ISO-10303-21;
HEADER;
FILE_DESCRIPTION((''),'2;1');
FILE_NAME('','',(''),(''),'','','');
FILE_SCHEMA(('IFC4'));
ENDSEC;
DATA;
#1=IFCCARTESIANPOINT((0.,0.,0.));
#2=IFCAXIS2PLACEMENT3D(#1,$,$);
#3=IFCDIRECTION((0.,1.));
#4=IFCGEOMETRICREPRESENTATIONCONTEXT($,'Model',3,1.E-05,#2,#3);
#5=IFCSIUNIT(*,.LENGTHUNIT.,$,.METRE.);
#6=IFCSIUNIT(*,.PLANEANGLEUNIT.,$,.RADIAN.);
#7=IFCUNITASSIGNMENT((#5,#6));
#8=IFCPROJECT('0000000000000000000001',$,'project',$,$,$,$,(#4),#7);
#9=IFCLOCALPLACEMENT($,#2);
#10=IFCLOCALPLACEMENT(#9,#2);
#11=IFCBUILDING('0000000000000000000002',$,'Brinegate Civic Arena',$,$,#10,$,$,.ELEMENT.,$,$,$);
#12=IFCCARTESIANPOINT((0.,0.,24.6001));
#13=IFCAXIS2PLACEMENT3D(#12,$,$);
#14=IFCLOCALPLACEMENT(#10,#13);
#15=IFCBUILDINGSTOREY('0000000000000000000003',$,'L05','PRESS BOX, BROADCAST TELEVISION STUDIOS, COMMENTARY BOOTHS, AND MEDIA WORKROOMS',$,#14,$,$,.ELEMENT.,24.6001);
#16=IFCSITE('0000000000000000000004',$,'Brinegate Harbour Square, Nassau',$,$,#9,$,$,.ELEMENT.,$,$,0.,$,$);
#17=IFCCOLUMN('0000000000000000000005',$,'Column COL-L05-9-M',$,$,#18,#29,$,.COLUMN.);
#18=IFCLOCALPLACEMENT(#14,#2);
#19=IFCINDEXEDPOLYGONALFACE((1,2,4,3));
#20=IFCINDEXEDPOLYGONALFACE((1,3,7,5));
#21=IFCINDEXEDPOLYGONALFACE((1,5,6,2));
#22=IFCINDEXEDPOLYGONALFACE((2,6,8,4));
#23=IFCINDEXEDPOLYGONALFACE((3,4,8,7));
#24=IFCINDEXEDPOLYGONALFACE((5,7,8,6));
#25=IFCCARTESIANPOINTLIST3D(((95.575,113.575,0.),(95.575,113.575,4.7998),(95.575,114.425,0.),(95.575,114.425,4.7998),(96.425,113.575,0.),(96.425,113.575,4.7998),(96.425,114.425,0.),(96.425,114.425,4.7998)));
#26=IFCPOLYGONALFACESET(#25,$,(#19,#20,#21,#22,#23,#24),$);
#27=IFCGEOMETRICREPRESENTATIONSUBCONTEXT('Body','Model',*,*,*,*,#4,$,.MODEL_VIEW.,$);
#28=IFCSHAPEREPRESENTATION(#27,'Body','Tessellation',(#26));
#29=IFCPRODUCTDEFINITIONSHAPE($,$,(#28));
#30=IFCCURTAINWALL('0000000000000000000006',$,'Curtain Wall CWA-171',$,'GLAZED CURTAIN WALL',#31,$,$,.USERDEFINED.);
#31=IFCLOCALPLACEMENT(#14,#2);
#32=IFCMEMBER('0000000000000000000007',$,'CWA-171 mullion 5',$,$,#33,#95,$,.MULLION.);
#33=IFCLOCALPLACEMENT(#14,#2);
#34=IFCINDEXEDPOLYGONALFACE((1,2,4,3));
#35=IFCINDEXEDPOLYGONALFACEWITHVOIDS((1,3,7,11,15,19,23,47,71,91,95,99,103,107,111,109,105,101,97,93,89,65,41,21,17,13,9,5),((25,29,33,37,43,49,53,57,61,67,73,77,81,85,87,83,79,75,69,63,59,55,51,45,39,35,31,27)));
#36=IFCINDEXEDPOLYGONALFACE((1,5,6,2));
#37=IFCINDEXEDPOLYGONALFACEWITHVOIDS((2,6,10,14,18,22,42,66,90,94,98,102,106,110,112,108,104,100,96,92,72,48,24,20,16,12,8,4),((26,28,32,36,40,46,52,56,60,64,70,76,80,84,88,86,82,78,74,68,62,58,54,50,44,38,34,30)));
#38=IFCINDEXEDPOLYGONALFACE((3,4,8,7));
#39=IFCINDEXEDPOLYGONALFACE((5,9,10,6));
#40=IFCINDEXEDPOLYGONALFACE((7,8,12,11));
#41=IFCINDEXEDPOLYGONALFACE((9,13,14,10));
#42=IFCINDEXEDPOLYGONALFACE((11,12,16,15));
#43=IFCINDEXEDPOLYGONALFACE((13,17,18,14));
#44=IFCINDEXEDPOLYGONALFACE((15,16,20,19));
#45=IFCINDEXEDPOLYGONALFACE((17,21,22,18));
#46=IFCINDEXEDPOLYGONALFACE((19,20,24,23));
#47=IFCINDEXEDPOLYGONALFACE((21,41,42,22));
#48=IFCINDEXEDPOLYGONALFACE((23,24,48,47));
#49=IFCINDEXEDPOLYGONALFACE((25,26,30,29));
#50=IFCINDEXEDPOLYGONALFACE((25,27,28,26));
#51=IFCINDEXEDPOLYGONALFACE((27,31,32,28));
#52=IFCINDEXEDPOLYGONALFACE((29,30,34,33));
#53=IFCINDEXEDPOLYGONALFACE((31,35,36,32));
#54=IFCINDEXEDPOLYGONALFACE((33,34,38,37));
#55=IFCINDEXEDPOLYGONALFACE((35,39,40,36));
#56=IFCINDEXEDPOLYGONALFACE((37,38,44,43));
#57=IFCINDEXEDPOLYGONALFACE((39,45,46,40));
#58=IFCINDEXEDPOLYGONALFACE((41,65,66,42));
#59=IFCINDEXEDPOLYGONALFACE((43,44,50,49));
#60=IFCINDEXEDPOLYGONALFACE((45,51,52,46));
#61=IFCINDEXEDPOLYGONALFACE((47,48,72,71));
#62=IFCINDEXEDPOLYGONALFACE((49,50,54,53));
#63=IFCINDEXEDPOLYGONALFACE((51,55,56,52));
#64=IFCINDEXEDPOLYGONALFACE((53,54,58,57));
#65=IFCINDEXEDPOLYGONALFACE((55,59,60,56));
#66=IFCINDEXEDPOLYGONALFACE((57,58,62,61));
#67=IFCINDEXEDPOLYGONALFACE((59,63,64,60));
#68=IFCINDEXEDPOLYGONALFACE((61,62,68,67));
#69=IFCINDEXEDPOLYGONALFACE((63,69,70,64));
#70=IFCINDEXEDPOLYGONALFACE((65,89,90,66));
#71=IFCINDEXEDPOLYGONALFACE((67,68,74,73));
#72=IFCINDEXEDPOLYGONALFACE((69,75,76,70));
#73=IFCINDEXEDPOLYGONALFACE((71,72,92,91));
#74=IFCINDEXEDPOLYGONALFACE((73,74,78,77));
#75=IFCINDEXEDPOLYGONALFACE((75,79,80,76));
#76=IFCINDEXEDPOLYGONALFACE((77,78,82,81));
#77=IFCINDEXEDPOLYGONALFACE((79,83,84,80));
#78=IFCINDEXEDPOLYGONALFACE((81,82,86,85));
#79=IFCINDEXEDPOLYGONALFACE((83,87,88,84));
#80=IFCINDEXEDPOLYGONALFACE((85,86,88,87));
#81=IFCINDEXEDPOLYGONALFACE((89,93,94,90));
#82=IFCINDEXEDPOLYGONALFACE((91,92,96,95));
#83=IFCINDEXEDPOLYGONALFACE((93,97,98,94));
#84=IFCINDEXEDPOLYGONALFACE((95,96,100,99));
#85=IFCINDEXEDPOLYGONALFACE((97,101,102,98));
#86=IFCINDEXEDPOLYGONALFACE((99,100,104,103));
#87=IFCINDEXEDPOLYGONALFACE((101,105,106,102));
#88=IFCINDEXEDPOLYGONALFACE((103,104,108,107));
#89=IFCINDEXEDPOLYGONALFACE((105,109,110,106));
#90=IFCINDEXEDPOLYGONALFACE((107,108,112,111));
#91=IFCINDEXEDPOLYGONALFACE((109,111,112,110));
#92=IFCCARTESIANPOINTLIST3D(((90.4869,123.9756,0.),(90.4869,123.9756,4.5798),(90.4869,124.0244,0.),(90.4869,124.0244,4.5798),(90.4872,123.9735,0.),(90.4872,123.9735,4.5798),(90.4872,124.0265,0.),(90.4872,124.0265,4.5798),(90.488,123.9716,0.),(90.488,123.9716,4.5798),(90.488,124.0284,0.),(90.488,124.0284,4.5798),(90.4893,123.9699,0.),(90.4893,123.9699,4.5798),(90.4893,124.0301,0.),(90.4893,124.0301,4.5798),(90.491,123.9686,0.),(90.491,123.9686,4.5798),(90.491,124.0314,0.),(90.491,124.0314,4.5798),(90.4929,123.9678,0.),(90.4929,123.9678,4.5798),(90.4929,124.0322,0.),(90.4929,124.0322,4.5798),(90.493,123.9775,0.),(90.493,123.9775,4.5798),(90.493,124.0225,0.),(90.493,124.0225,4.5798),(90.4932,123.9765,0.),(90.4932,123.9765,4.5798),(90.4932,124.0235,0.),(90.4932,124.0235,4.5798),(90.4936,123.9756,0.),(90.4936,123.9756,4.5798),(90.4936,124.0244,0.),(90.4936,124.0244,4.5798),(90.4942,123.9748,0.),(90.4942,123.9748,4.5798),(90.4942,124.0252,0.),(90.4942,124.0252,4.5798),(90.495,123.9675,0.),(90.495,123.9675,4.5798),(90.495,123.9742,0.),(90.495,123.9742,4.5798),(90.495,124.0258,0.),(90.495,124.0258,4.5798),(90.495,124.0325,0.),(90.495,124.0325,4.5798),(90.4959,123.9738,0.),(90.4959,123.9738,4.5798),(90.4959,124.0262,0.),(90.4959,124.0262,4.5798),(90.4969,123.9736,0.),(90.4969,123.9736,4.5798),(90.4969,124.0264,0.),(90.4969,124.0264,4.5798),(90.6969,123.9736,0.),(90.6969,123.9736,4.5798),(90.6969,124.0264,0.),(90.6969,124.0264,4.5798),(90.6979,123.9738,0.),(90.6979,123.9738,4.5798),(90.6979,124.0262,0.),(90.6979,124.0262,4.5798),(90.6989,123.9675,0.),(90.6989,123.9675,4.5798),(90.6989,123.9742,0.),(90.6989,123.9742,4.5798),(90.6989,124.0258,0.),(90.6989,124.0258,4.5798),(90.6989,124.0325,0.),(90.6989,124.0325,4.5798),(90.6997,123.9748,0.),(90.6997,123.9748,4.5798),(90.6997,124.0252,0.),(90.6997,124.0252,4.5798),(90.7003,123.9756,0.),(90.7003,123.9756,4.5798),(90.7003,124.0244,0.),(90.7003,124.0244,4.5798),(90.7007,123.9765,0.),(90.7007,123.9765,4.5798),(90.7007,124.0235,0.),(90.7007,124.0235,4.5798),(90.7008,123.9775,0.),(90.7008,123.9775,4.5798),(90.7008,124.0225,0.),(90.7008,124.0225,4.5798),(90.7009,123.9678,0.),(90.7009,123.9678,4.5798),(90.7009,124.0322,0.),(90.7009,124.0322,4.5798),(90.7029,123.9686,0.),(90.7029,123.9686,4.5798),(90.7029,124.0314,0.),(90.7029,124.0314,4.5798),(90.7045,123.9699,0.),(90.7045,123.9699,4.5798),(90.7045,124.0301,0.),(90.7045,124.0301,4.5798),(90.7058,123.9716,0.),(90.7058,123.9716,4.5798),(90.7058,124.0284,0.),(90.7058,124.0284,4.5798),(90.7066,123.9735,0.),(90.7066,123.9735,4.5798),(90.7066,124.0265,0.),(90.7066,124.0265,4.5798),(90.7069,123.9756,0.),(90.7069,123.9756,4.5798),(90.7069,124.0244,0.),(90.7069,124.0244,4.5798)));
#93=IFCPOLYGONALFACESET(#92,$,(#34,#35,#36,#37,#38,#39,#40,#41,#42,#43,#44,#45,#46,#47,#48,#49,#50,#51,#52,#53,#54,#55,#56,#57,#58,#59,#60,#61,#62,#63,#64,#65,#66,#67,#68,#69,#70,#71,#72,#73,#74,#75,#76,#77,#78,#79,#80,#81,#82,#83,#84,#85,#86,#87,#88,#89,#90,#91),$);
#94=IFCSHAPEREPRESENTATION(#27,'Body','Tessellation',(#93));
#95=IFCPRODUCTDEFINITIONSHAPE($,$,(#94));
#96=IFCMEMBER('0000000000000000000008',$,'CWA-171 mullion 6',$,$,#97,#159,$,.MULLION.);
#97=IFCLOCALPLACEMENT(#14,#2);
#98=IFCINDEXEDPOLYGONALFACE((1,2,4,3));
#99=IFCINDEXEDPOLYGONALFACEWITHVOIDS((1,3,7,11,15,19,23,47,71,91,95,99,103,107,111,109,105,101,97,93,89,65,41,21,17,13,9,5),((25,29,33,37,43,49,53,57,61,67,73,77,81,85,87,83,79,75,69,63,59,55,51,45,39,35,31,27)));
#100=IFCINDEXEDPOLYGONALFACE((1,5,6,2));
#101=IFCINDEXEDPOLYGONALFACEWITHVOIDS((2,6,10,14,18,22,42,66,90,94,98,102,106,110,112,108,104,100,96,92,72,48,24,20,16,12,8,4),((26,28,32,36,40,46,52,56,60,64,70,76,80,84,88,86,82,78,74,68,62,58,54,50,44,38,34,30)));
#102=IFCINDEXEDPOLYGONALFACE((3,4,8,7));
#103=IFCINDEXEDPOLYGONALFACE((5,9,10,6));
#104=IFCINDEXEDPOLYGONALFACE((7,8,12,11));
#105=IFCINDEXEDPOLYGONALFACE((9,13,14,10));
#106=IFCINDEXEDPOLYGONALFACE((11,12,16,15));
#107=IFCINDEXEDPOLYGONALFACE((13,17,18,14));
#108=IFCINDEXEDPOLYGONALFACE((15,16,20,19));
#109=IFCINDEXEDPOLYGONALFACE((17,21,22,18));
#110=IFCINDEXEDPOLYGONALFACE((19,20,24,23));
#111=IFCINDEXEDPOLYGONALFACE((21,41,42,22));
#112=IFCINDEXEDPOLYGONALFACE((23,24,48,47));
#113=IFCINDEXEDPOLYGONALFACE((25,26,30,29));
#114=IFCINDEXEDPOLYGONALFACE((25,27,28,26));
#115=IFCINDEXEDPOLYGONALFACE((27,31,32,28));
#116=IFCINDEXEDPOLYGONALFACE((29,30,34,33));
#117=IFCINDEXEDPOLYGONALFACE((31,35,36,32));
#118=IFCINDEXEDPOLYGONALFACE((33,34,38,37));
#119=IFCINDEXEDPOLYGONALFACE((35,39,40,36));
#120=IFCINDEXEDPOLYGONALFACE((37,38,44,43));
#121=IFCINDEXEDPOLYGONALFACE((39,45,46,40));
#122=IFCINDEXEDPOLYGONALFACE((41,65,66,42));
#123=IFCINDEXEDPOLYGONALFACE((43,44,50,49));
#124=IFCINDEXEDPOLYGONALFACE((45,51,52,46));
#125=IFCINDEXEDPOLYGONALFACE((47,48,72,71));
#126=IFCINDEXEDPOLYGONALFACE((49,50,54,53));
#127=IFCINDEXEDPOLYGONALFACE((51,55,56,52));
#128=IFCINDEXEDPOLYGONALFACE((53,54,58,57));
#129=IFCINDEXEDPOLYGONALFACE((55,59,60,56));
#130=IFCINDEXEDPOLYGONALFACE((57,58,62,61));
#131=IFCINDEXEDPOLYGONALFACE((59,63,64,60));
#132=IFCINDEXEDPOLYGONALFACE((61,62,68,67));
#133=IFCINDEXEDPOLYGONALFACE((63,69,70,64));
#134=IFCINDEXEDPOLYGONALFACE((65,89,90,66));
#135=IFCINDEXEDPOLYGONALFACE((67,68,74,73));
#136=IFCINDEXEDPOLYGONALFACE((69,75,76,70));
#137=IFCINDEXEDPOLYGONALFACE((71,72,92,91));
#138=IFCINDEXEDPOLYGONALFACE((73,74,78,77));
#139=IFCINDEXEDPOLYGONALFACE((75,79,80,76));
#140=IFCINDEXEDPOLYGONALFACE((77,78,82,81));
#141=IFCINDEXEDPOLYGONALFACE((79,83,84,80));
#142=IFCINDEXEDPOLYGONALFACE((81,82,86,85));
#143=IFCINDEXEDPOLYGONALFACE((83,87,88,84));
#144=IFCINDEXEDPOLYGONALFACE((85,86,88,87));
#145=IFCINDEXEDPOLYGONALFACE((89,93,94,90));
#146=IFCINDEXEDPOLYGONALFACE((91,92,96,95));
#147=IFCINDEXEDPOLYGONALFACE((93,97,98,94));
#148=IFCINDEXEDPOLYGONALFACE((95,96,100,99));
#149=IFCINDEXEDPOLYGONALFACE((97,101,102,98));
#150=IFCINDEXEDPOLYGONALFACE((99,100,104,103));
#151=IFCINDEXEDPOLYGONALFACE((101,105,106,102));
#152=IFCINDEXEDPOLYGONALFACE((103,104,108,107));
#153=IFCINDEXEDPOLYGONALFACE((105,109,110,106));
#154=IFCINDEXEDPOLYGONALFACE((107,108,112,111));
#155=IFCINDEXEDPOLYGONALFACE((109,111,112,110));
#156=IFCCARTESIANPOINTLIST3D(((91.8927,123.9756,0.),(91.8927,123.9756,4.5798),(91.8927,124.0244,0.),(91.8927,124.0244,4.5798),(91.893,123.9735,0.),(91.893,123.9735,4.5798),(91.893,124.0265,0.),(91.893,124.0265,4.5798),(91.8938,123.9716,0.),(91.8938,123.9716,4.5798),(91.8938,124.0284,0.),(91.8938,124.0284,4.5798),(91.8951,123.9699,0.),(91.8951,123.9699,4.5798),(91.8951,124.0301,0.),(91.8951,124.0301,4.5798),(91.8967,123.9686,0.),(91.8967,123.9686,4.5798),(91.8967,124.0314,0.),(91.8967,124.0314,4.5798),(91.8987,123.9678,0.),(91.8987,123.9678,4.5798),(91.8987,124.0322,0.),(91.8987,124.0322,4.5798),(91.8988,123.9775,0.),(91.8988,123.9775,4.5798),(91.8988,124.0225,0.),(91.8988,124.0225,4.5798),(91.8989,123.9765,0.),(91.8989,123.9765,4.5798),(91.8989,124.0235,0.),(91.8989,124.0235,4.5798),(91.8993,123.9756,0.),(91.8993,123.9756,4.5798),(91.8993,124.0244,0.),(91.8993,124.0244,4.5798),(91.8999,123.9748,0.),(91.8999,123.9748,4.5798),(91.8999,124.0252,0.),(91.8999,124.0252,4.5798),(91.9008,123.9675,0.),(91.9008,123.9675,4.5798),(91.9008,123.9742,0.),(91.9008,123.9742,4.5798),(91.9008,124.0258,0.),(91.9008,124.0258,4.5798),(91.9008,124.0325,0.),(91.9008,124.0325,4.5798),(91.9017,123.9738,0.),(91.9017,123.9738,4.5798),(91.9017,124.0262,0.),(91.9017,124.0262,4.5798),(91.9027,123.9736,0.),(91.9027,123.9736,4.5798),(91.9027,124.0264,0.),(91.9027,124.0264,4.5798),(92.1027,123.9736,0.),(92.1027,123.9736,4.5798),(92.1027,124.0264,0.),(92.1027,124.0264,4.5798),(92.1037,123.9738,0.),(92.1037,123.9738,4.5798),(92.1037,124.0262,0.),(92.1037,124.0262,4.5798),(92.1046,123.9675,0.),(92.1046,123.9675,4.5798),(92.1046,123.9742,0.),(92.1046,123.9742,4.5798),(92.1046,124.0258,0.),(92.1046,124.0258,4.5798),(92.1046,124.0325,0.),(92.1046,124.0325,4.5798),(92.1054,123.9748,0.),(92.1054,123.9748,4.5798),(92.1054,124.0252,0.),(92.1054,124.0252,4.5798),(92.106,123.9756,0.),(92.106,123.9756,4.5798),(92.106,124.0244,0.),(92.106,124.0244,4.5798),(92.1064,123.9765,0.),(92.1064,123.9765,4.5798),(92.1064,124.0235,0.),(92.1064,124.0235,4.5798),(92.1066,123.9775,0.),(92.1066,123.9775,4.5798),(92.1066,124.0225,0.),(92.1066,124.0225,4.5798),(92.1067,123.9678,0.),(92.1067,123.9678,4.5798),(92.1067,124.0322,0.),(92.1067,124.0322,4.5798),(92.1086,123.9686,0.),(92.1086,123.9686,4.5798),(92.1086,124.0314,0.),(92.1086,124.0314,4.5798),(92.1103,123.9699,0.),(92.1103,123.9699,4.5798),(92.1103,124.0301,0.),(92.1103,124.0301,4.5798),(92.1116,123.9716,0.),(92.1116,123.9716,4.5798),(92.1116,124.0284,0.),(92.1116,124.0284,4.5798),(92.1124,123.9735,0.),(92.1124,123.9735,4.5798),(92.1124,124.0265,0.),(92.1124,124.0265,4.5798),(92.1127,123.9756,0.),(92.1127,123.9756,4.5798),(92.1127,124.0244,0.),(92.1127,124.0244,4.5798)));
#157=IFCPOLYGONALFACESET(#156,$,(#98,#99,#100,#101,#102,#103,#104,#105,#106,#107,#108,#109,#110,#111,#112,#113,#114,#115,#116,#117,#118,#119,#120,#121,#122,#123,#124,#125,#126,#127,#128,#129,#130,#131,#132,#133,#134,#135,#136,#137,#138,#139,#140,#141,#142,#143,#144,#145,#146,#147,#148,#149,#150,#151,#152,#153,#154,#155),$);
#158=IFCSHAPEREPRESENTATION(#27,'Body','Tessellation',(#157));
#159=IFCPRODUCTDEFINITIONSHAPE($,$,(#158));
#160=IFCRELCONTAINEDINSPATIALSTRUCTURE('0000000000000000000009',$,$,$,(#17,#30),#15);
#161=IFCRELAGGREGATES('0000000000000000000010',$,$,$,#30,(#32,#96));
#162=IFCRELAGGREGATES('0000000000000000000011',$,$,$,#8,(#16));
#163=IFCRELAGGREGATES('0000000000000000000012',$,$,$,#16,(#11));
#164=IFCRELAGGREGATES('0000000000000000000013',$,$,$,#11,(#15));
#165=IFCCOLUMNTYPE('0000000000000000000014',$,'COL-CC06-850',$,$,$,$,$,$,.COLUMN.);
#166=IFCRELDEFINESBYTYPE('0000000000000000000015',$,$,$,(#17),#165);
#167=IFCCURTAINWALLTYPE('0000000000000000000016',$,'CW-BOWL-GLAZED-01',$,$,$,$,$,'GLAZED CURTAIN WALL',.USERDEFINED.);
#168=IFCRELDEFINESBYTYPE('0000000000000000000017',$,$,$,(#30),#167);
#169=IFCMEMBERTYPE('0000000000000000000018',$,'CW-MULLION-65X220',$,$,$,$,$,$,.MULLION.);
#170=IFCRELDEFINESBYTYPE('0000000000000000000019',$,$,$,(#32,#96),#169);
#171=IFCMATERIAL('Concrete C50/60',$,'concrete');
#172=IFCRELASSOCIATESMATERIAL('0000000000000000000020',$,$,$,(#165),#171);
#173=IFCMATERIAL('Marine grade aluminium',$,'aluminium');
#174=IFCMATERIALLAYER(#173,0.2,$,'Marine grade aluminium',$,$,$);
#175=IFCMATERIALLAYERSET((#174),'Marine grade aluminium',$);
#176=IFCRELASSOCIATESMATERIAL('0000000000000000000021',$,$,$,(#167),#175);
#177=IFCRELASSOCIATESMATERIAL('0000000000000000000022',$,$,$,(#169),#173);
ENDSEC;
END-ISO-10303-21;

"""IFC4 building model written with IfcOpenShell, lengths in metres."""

from ifc_helpers import new_model, si_unit, direction, frame, origin, origin_2d, place, context, subcontext, project, spatial, rectangle, hollow_rectangle, extrude, material, layer, layer_set, material_profile, profile_set, type_object, element, aggregate, save


model = new_model("IFC4")

# Units and contexts
model_context = context("Model", 3, precision=1e-05, world=origin(), true_north=direction((0.0, 1.0)))
body_context = subcontext(model_context, "Body", "Model", "MODEL_VIEW")
ifc_project = project(units=[si_unit("LENGTHUNIT", "METRE"), si_unit("PLANEANGLEUNIT", "RADIAN")], contexts=[model_context])

# Site, building, storey
site_placement = place(None, origin())
site = spatial("IfcSite", under=ifc_project, at=site_placement, Name="Brinegate Harbour Square, Nassau", CompositionType="ELEMENT", RefElevation=0.0)
building_placement = place(site_placement, origin())
building = spatial("IfcBuilding", under=site, at=building_placement, Name="Brinegate Civic Arena", CompositionType="ELEMENT")
storey_placement = place(building_placement, frame((0.0, 0.0, 24.6001)))
storey = spatial("IfcBuildingStorey", under=building, at=storey_placement, Name="L05", Description="PRESS BOX, BROADCAST TELEVISION STUDIOS, COMMENTARY BOOTHS, AND MEDIA WORKROOMS", CompositionType="ELEMENT", Elevation=24.6001)

# Column
ifc_material_1 = material(Name="Concrete C50/60", Category="concrete")
ifc_material_profile_1 = material_profile(ifc_material_1, rectangle(XDim=0.8501, YDim=0.8501, at=origin_2d()), Name="RC850X850")
ifc_profile_set_1 = profile_set([ifc_material_profile_1], Name="Concrete C50/60")
column_type = type_object("IfcColumnType", Name="COL-CC06-850", PredefinedType="COLUMN", material=ifc_profile_set_1)
column_placement = place(storey_placement, frame((96.0, 114.0, 0.0), z_axis=(0.0, 0.0, 1.0), x_axis=(1.0, 0.0, 0.0)))
element("IfcColumn", 1, at=column_placement, inside=storey, type_object=column_type, Name="Column COL-L05-9-M", PredefinedType="COLUMN", context=body_context, shape_type="SweptSolid", body=[
    extrude(rectangle(XDim=0.8501, YDim=0.8501, at=origin_2d()), origin(), (0.0, 0.0, 1.0), 4.7998),
])

# Curtain wall, members
ifc_material_2 = material(Name="Marine grade aluminium", Category="aluminium")
ifc_layer_1 = layer(ifc_material_2, 0.2, Name="Marine grade aluminium")
ifc_layer_set_1 = layer_set([ifc_layer_1], Name="Marine grade aluminium")
curtain_wall_type = type_object("IfcCurtainWallType", Name="CW-BOWL-GLAZED-01", ElementType="GLAZED CURTAIN WALL", PredefinedType="USERDEFINED", material=ifc_layer_set_1)
curtain_wall_placement = place(storey_placement, origin())
curtain_wall = element("IfcCurtainWall", 2, at=curtain_wall_placement, inside=storey, type_object=curtain_wall_type, Name="Curtain Wall CWA-171", ObjectType="GLAZED CURTAIN WALL", PredefinedType="USERDEFINED")
ifc_material_profile_2 = material_profile(ifc_material_2, hollow_rectangle(XDim=0.0649, YDim=0.22, WallThickness=0.0061, InnerFilletRadius=0.0039, OuterFilletRadius=0.0081, at=origin_2d()), Name="MUL65X220")
ifc_profile_set_2 = profile_set([ifc_material_profile_2], Name="Marine grade aluminium")
member_type_1 = type_object("IfcMemberType", Name="CW-MULLION-65X220", PredefinedType="MULLION", material=ifc_profile_set_2)
member_1_placement = place(storey_placement, frame((90.5969, 124.0, 0.0), z_axis=(0.0, 0.0, 1.0), x_axis=(0.0, 1.0, 0.0)))
member_1 = element("IfcMember", 3, at=member_1_placement, type_object=member_type_1, Name="CWA-171 mullion 5", PredefinedType="MULLION", context=body_context, shape_type="SweptSolid", body=[
    extrude(hollow_rectangle(XDim=0.0649, YDim=0.22, WallThickness=0.0061, InnerFilletRadius=0.0039, OuterFilletRadius=0.0081, at=origin_2d()), origin(), (0.0, 0.0, 1.0), 4.5798),
])
member_2_placement = place(storey_placement, frame((92.0027, 124.0, 0.0), z_axis=(0.0, 0.0, 1.0), x_axis=(0.0, 1.0, 0.0)))
member_2 = element("IfcMember", 4, at=member_2_placement, type_object=member_type_1, Name="CWA-171 mullion 6", PredefinedType="MULLION", context=body_context, shape_type="SweptSolid", body=[
    extrude(hollow_rectangle(XDim=0.0649, YDim=0.22, WallThickness=0.0061, InnerFilletRadius=0.0039, OuterFilletRadius=0.0081, at=origin_2d()), origin(), (0.0, 0.0, 1.0), 4.5798),
])
aggregate(curtain_wall, [member_1, member_2])

save(model, "model.ifc")
